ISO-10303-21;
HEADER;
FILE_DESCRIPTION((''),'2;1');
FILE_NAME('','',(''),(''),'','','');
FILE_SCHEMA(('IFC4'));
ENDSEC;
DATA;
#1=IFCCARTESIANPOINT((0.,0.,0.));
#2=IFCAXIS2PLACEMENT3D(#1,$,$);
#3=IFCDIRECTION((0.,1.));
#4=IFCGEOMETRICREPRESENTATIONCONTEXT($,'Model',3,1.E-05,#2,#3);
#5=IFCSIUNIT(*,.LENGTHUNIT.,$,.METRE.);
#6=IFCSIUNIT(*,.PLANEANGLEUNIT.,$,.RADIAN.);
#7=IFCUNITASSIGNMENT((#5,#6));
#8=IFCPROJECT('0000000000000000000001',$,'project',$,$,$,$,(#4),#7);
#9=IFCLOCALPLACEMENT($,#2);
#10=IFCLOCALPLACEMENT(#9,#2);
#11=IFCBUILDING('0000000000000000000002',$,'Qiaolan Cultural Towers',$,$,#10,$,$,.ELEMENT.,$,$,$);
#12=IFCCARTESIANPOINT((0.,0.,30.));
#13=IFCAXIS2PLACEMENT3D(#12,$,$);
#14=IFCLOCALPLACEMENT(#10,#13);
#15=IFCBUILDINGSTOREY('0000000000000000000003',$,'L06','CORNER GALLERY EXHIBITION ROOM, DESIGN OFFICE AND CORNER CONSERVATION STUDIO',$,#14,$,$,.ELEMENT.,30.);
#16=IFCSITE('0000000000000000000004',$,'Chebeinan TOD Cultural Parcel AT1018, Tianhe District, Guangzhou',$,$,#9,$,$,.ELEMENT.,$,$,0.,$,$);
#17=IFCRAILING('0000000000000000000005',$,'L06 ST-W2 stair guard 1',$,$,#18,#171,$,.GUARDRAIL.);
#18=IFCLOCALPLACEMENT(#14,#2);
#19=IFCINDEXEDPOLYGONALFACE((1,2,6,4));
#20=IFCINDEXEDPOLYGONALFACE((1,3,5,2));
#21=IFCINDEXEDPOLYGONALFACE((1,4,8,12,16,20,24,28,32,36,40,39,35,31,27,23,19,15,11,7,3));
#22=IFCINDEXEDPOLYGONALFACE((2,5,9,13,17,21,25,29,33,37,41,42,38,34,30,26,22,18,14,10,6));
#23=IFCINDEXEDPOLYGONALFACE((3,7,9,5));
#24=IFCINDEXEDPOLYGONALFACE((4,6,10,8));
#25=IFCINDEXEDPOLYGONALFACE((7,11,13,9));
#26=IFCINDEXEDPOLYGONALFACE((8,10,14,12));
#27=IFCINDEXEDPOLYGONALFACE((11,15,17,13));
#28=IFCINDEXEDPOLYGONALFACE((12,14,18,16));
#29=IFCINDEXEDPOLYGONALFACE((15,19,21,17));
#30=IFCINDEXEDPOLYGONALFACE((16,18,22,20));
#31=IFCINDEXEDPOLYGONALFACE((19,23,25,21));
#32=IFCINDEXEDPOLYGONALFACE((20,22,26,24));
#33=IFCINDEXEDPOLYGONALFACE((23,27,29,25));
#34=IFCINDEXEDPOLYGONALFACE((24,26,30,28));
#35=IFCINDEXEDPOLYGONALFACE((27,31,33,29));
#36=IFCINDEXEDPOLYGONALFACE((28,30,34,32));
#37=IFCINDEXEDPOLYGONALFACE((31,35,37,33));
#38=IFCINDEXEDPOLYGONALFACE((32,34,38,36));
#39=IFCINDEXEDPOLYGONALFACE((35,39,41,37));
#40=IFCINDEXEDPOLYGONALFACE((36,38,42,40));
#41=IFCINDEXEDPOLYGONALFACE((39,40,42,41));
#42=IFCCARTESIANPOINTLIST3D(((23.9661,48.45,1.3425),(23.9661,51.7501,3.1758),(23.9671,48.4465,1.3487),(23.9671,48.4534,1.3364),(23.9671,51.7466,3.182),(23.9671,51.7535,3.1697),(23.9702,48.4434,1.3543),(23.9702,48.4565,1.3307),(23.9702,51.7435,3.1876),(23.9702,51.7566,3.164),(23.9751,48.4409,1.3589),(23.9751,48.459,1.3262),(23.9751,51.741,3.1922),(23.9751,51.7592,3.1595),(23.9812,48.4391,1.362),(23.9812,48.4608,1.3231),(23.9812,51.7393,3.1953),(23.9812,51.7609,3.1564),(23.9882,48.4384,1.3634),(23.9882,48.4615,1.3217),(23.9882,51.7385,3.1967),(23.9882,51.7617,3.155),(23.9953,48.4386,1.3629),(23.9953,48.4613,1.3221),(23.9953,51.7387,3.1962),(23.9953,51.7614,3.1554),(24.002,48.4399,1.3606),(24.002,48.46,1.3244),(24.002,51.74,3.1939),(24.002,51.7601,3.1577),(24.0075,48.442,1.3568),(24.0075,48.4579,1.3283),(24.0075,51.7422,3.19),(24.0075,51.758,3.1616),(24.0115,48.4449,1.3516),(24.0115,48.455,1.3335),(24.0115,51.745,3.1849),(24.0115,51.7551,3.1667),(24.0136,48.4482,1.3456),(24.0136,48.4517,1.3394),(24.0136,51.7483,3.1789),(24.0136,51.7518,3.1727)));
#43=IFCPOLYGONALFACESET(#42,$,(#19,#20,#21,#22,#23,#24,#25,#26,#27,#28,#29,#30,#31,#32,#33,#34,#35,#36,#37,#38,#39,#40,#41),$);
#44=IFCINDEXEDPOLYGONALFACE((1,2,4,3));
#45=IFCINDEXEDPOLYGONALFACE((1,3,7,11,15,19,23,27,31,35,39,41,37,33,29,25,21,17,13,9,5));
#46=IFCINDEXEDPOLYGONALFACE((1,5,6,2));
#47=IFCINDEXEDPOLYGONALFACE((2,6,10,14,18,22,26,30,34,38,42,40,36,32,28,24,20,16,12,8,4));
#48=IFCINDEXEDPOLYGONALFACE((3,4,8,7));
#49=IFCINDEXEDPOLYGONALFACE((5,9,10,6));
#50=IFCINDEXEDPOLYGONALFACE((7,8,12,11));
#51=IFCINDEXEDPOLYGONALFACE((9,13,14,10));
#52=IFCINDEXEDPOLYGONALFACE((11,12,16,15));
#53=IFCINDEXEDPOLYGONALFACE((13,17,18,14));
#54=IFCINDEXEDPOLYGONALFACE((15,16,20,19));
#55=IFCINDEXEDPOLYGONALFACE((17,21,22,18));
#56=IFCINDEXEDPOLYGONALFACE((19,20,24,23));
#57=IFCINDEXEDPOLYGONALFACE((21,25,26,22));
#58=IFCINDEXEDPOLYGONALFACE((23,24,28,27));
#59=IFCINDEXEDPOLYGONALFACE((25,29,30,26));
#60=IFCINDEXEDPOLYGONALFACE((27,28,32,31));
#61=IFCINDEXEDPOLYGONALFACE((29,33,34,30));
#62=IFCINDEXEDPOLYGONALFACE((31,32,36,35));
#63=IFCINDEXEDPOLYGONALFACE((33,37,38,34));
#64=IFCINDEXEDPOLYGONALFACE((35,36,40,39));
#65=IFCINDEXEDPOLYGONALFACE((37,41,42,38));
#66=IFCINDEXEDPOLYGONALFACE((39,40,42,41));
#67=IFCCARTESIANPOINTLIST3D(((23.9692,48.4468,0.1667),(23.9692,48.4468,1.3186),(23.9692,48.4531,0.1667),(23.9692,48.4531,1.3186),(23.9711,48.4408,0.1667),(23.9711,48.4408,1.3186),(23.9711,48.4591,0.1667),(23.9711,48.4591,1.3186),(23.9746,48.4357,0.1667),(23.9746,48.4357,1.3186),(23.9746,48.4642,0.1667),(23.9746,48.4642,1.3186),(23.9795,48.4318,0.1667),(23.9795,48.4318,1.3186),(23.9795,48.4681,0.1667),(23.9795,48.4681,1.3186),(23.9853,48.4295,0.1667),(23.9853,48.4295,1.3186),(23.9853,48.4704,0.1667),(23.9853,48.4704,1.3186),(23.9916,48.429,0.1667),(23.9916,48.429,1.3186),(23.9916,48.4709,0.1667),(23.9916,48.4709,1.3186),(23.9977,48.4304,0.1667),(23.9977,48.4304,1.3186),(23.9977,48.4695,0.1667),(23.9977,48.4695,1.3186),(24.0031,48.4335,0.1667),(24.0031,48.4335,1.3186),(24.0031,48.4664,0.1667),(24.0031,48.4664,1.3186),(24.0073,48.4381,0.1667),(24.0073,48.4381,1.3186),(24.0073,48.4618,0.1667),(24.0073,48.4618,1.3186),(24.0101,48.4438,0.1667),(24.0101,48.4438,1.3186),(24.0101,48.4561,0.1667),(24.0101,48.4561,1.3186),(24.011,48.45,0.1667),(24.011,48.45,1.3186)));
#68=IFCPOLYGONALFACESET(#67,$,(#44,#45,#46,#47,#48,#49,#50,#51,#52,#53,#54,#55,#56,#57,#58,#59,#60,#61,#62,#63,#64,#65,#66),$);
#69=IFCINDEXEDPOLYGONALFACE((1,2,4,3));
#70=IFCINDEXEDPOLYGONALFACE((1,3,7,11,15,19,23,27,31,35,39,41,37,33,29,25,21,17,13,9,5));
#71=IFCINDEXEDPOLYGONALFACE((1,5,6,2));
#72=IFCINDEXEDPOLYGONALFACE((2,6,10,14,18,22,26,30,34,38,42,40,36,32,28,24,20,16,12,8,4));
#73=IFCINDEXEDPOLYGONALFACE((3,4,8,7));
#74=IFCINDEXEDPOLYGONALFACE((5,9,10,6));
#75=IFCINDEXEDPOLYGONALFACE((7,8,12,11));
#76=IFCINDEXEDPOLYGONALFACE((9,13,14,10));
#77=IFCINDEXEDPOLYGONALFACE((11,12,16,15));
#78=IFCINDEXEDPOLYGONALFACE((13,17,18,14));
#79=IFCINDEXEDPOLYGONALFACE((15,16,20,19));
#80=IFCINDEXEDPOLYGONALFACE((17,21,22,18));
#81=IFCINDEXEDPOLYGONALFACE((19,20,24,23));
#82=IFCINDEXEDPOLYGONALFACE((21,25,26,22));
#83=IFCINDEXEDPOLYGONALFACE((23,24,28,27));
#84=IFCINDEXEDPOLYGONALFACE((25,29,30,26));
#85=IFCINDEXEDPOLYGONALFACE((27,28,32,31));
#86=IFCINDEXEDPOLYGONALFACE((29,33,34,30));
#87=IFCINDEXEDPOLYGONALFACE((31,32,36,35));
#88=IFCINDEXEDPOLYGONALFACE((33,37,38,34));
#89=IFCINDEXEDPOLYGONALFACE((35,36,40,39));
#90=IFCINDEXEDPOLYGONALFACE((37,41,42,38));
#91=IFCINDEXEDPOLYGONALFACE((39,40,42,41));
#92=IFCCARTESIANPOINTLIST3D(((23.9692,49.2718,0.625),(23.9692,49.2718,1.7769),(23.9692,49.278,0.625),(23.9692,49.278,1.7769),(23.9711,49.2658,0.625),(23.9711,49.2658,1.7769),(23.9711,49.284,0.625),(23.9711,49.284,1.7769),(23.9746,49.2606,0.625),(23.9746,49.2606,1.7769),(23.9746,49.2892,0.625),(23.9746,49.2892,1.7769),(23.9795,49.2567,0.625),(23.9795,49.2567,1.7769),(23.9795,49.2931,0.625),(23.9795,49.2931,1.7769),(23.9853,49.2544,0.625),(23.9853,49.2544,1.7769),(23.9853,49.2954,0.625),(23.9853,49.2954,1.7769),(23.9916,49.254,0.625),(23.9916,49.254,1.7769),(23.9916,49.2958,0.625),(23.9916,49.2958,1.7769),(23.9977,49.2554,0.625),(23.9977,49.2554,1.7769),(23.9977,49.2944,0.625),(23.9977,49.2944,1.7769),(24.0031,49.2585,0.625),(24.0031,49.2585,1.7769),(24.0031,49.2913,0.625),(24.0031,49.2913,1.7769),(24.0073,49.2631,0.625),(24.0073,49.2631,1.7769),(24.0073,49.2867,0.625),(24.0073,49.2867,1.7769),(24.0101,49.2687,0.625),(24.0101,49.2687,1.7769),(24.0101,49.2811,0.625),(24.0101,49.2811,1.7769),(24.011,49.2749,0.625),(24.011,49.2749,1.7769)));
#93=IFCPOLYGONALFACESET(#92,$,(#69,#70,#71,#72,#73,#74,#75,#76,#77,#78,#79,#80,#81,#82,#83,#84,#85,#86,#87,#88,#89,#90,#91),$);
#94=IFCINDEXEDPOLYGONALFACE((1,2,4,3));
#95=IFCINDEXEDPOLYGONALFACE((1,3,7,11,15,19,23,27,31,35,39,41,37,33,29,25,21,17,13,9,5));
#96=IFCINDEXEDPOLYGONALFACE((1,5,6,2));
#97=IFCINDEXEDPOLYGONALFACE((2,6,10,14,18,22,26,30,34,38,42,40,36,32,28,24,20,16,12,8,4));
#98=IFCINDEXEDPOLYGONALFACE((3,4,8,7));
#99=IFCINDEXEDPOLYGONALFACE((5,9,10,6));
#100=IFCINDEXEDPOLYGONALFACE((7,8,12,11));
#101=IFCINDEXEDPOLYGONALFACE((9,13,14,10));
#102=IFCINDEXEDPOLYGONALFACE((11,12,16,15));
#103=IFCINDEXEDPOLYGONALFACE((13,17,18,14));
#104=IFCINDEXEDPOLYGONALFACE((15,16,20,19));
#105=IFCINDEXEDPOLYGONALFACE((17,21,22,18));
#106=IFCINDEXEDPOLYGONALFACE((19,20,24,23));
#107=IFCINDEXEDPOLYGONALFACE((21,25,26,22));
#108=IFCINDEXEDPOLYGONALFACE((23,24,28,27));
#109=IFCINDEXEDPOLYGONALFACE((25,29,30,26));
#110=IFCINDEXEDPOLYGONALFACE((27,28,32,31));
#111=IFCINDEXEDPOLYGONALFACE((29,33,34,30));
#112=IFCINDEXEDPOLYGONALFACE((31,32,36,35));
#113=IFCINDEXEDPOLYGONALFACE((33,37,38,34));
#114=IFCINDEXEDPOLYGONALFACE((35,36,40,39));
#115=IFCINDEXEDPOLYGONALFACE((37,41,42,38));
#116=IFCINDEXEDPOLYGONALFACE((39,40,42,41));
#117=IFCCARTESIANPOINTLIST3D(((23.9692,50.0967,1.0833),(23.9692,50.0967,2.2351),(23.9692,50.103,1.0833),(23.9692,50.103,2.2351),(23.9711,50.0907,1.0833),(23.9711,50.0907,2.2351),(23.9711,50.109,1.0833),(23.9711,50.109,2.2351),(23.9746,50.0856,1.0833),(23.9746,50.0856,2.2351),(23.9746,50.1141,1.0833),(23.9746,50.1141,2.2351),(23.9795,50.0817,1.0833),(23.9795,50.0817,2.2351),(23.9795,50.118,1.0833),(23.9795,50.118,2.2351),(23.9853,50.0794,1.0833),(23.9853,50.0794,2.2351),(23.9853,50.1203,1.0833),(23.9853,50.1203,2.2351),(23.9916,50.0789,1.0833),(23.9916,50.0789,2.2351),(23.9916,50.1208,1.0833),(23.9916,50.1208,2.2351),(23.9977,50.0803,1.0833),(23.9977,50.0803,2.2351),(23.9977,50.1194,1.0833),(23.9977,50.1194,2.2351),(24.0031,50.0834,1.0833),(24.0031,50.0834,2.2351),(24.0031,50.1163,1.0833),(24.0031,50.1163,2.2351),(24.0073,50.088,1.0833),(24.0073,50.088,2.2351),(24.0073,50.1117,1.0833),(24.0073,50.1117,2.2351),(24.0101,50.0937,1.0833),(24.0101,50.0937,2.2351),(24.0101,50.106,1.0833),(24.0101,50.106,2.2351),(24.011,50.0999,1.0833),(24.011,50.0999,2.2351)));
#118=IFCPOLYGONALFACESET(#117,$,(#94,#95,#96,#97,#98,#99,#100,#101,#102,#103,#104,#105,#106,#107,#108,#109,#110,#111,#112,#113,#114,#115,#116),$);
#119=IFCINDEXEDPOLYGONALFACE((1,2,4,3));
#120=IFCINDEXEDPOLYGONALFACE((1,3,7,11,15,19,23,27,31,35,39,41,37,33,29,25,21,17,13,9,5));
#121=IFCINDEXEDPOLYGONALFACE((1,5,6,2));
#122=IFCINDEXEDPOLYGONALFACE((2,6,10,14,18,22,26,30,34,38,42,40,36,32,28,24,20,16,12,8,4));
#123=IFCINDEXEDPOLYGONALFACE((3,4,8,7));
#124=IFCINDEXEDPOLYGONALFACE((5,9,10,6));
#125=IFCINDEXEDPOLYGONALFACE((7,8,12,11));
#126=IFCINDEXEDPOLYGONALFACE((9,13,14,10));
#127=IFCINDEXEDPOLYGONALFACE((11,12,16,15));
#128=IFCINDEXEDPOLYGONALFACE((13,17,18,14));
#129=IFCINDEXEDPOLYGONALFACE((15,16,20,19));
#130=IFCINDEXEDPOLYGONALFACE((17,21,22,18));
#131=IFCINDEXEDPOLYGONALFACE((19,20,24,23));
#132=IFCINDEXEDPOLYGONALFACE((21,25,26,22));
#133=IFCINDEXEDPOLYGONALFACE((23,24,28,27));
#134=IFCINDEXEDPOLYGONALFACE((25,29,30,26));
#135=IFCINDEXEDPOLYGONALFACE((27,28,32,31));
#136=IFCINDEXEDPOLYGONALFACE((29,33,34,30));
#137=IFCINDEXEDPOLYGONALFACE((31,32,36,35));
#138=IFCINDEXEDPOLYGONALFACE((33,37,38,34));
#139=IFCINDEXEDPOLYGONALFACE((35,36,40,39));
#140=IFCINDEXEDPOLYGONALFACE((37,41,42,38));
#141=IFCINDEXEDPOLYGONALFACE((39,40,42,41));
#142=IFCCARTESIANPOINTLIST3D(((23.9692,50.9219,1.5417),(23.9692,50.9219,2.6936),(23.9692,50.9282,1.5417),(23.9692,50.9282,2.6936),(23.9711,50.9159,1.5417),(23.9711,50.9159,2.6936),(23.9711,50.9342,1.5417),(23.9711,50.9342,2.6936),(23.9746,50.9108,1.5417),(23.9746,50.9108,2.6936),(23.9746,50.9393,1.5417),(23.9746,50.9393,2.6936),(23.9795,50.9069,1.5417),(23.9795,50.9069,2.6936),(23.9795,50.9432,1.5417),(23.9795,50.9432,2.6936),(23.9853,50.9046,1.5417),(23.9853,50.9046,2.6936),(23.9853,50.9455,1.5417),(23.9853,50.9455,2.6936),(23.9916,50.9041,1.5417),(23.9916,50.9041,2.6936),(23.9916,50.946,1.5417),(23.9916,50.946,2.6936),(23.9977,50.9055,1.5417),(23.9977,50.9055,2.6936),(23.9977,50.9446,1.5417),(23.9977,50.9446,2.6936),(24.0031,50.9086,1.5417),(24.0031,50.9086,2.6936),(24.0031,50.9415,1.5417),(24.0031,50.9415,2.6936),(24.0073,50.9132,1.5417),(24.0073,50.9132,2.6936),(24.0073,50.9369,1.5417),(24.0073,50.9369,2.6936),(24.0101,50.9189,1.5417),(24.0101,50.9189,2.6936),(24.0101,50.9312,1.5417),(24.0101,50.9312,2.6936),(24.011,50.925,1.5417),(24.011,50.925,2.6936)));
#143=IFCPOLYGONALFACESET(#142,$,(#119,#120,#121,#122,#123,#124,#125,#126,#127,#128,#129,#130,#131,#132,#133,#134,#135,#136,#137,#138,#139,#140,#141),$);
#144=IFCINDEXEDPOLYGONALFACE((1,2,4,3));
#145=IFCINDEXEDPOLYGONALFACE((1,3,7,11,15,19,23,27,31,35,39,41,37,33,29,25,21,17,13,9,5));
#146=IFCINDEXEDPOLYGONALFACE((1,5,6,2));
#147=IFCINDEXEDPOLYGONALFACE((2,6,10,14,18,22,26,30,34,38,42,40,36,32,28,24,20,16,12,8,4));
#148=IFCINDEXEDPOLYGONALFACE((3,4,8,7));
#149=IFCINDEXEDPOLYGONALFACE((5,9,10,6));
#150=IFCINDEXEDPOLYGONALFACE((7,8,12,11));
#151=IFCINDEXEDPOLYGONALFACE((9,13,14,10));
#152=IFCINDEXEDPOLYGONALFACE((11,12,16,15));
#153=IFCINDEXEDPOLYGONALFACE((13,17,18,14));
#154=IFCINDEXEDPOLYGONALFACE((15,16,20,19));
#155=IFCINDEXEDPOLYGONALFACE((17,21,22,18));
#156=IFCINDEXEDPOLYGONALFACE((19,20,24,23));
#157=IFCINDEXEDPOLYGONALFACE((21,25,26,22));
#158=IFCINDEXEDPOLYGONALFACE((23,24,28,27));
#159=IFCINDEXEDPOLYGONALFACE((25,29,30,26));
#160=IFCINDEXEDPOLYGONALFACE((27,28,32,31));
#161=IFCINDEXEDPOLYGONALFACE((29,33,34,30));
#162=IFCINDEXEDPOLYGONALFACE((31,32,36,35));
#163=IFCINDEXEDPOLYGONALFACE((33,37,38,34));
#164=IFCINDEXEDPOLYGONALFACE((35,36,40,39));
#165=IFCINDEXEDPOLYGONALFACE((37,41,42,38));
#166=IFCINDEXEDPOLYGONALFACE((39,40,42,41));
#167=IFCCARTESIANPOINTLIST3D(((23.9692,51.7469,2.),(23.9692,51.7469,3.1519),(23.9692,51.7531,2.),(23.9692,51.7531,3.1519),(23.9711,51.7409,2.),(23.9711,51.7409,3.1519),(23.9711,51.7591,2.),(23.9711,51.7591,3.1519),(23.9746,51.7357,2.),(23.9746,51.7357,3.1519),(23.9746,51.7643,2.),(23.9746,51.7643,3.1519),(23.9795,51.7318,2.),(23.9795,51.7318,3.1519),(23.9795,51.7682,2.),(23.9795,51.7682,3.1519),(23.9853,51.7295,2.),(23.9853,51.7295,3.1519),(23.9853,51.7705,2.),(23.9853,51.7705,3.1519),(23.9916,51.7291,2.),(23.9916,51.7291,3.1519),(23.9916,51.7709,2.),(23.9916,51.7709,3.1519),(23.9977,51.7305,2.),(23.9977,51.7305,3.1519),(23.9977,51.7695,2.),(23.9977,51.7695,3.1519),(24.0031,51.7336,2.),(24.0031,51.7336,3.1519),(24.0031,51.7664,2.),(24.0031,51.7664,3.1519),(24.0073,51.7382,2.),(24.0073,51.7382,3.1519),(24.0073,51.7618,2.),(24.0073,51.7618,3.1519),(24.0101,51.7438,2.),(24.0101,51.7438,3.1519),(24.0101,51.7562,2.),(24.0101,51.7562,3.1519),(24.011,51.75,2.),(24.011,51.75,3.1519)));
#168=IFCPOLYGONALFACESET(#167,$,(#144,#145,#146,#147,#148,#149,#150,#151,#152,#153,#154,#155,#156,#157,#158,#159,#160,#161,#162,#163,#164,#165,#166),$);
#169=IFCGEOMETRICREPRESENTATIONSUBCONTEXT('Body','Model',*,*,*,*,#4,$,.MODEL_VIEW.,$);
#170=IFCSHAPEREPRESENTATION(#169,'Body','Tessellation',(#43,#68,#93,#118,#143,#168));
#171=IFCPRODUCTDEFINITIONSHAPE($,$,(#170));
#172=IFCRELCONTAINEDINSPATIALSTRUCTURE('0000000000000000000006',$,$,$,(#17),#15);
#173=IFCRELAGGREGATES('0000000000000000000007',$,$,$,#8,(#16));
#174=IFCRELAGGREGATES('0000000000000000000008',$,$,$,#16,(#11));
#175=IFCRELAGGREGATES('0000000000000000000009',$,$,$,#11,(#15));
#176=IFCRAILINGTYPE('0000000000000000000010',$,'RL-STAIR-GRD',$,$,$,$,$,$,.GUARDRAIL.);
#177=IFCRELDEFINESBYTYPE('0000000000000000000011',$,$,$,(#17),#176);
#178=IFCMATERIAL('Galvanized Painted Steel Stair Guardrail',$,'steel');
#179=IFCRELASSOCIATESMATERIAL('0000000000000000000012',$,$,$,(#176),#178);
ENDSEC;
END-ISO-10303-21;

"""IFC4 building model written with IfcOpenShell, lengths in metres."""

from ifc_helpers import new_model, si_unit, direction, frame, origin, origin_2d, place, context, subcontext, project, spatial, circle, extrude, material, type_object, element, save


model = new_model("IFC4")

# Units and contexts
model_context = context("Model", 3, precision=1e-05, world=origin(), true_north=direction((0.0, 1.0)))
body_context = subcontext(model_context, "Body", "Model", "MODEL_VIEW")
ifc_project = project(units=[si_unit("LENGTHUNIT", "METRE"), si_unit("PLANEANGLEUNIT", "RADIAN")], contexts=[model_context])

# Site, building, storey
site_placement = place(None, origin())
site = spatial("IfcSite", under=ifc_project, at=site_placement, Name="Chebeinan TOD Cultural Parcel AT1018, Tianhe District, Guangzhou", CompositionType="ELEMENT", RefElevation=0.0)
building_placement = place(site_placement, origin())
building = spatial("IfcBuilding", under=site, at=building_placement, Name="Qiaolan Cultural Towers", CompositionType="ELEMENT")
storey_placement = place(building_placement, frame((0.0, 0.0, 30.0)))
storey = spatial("IfcBuildingStorey", under=building, at=storey_placement, Name="L06", Description="CORNER GALLERY EXHIBITION ROOM, DESIGN OFFICE AND CORNER CONSERVATION STUDIO", CompositionType="ELEMENT", Elevation=30.0)

# Railing
ifc_material_1 = material(Name="Galvanized Painted Steel Stair Guardrail", Category="steel")
railing_type_1 = type_object("IfcRailingType", Name="RL-STAIR-GRD", PredefinedType="GUARDRAIL", material=ifc_material_1)
railing_1_placement = place(storey_placement, frame((23.99, 48.45, 0.1667)))
element("IfcRailing", 1, at=railing_1_placement, inside=storey, type_object=railing_type_1, Name="L06 ST-W2 stair guard 1", PredefinedType="GUARDRAIL", context=body_context, shape_type="SweptSolid", body=[
    extrude(circle(Radius=0.0239, at=origin_2d()), frame((0.0, 0.0, 1.1758), z_axis=(0.0, 0.874169, 0.485621), x_axis=(-1.0, 0.0, 0.0)), (0.0, 0.0, 1.0), 3.7751),
    extrude(circle(Radius=0.021, at=origin_2d()), origin(), (0.0, 0.0, 1.0), 1.1519),
    extrude(circle(Radius=0.021, at=origin_2d()), frame((0.0, 0.825, 0.4583)), (0.0, 0.0, 1.0), 1.1519),
    extrude(circle(Radius=0.021, at=origin_2d()), frame((0.0, 1.6499, 0.9165)), (0.0, 0.0, 1.0), 1.1519),
    extrude(circle(Radius=0.021, at=origin_2d()), frame((0.0, 2.4751, 1.375)), (0.0, 0.0, 1.0), 1.1519),
    extrude(circle(Radius=0.021, at=origin_2d()), frame((0.0, 3.3, 1.8333)), (0.0, 0.0, 1.0), 1.1519),
])

save(model, "model.ifc")
